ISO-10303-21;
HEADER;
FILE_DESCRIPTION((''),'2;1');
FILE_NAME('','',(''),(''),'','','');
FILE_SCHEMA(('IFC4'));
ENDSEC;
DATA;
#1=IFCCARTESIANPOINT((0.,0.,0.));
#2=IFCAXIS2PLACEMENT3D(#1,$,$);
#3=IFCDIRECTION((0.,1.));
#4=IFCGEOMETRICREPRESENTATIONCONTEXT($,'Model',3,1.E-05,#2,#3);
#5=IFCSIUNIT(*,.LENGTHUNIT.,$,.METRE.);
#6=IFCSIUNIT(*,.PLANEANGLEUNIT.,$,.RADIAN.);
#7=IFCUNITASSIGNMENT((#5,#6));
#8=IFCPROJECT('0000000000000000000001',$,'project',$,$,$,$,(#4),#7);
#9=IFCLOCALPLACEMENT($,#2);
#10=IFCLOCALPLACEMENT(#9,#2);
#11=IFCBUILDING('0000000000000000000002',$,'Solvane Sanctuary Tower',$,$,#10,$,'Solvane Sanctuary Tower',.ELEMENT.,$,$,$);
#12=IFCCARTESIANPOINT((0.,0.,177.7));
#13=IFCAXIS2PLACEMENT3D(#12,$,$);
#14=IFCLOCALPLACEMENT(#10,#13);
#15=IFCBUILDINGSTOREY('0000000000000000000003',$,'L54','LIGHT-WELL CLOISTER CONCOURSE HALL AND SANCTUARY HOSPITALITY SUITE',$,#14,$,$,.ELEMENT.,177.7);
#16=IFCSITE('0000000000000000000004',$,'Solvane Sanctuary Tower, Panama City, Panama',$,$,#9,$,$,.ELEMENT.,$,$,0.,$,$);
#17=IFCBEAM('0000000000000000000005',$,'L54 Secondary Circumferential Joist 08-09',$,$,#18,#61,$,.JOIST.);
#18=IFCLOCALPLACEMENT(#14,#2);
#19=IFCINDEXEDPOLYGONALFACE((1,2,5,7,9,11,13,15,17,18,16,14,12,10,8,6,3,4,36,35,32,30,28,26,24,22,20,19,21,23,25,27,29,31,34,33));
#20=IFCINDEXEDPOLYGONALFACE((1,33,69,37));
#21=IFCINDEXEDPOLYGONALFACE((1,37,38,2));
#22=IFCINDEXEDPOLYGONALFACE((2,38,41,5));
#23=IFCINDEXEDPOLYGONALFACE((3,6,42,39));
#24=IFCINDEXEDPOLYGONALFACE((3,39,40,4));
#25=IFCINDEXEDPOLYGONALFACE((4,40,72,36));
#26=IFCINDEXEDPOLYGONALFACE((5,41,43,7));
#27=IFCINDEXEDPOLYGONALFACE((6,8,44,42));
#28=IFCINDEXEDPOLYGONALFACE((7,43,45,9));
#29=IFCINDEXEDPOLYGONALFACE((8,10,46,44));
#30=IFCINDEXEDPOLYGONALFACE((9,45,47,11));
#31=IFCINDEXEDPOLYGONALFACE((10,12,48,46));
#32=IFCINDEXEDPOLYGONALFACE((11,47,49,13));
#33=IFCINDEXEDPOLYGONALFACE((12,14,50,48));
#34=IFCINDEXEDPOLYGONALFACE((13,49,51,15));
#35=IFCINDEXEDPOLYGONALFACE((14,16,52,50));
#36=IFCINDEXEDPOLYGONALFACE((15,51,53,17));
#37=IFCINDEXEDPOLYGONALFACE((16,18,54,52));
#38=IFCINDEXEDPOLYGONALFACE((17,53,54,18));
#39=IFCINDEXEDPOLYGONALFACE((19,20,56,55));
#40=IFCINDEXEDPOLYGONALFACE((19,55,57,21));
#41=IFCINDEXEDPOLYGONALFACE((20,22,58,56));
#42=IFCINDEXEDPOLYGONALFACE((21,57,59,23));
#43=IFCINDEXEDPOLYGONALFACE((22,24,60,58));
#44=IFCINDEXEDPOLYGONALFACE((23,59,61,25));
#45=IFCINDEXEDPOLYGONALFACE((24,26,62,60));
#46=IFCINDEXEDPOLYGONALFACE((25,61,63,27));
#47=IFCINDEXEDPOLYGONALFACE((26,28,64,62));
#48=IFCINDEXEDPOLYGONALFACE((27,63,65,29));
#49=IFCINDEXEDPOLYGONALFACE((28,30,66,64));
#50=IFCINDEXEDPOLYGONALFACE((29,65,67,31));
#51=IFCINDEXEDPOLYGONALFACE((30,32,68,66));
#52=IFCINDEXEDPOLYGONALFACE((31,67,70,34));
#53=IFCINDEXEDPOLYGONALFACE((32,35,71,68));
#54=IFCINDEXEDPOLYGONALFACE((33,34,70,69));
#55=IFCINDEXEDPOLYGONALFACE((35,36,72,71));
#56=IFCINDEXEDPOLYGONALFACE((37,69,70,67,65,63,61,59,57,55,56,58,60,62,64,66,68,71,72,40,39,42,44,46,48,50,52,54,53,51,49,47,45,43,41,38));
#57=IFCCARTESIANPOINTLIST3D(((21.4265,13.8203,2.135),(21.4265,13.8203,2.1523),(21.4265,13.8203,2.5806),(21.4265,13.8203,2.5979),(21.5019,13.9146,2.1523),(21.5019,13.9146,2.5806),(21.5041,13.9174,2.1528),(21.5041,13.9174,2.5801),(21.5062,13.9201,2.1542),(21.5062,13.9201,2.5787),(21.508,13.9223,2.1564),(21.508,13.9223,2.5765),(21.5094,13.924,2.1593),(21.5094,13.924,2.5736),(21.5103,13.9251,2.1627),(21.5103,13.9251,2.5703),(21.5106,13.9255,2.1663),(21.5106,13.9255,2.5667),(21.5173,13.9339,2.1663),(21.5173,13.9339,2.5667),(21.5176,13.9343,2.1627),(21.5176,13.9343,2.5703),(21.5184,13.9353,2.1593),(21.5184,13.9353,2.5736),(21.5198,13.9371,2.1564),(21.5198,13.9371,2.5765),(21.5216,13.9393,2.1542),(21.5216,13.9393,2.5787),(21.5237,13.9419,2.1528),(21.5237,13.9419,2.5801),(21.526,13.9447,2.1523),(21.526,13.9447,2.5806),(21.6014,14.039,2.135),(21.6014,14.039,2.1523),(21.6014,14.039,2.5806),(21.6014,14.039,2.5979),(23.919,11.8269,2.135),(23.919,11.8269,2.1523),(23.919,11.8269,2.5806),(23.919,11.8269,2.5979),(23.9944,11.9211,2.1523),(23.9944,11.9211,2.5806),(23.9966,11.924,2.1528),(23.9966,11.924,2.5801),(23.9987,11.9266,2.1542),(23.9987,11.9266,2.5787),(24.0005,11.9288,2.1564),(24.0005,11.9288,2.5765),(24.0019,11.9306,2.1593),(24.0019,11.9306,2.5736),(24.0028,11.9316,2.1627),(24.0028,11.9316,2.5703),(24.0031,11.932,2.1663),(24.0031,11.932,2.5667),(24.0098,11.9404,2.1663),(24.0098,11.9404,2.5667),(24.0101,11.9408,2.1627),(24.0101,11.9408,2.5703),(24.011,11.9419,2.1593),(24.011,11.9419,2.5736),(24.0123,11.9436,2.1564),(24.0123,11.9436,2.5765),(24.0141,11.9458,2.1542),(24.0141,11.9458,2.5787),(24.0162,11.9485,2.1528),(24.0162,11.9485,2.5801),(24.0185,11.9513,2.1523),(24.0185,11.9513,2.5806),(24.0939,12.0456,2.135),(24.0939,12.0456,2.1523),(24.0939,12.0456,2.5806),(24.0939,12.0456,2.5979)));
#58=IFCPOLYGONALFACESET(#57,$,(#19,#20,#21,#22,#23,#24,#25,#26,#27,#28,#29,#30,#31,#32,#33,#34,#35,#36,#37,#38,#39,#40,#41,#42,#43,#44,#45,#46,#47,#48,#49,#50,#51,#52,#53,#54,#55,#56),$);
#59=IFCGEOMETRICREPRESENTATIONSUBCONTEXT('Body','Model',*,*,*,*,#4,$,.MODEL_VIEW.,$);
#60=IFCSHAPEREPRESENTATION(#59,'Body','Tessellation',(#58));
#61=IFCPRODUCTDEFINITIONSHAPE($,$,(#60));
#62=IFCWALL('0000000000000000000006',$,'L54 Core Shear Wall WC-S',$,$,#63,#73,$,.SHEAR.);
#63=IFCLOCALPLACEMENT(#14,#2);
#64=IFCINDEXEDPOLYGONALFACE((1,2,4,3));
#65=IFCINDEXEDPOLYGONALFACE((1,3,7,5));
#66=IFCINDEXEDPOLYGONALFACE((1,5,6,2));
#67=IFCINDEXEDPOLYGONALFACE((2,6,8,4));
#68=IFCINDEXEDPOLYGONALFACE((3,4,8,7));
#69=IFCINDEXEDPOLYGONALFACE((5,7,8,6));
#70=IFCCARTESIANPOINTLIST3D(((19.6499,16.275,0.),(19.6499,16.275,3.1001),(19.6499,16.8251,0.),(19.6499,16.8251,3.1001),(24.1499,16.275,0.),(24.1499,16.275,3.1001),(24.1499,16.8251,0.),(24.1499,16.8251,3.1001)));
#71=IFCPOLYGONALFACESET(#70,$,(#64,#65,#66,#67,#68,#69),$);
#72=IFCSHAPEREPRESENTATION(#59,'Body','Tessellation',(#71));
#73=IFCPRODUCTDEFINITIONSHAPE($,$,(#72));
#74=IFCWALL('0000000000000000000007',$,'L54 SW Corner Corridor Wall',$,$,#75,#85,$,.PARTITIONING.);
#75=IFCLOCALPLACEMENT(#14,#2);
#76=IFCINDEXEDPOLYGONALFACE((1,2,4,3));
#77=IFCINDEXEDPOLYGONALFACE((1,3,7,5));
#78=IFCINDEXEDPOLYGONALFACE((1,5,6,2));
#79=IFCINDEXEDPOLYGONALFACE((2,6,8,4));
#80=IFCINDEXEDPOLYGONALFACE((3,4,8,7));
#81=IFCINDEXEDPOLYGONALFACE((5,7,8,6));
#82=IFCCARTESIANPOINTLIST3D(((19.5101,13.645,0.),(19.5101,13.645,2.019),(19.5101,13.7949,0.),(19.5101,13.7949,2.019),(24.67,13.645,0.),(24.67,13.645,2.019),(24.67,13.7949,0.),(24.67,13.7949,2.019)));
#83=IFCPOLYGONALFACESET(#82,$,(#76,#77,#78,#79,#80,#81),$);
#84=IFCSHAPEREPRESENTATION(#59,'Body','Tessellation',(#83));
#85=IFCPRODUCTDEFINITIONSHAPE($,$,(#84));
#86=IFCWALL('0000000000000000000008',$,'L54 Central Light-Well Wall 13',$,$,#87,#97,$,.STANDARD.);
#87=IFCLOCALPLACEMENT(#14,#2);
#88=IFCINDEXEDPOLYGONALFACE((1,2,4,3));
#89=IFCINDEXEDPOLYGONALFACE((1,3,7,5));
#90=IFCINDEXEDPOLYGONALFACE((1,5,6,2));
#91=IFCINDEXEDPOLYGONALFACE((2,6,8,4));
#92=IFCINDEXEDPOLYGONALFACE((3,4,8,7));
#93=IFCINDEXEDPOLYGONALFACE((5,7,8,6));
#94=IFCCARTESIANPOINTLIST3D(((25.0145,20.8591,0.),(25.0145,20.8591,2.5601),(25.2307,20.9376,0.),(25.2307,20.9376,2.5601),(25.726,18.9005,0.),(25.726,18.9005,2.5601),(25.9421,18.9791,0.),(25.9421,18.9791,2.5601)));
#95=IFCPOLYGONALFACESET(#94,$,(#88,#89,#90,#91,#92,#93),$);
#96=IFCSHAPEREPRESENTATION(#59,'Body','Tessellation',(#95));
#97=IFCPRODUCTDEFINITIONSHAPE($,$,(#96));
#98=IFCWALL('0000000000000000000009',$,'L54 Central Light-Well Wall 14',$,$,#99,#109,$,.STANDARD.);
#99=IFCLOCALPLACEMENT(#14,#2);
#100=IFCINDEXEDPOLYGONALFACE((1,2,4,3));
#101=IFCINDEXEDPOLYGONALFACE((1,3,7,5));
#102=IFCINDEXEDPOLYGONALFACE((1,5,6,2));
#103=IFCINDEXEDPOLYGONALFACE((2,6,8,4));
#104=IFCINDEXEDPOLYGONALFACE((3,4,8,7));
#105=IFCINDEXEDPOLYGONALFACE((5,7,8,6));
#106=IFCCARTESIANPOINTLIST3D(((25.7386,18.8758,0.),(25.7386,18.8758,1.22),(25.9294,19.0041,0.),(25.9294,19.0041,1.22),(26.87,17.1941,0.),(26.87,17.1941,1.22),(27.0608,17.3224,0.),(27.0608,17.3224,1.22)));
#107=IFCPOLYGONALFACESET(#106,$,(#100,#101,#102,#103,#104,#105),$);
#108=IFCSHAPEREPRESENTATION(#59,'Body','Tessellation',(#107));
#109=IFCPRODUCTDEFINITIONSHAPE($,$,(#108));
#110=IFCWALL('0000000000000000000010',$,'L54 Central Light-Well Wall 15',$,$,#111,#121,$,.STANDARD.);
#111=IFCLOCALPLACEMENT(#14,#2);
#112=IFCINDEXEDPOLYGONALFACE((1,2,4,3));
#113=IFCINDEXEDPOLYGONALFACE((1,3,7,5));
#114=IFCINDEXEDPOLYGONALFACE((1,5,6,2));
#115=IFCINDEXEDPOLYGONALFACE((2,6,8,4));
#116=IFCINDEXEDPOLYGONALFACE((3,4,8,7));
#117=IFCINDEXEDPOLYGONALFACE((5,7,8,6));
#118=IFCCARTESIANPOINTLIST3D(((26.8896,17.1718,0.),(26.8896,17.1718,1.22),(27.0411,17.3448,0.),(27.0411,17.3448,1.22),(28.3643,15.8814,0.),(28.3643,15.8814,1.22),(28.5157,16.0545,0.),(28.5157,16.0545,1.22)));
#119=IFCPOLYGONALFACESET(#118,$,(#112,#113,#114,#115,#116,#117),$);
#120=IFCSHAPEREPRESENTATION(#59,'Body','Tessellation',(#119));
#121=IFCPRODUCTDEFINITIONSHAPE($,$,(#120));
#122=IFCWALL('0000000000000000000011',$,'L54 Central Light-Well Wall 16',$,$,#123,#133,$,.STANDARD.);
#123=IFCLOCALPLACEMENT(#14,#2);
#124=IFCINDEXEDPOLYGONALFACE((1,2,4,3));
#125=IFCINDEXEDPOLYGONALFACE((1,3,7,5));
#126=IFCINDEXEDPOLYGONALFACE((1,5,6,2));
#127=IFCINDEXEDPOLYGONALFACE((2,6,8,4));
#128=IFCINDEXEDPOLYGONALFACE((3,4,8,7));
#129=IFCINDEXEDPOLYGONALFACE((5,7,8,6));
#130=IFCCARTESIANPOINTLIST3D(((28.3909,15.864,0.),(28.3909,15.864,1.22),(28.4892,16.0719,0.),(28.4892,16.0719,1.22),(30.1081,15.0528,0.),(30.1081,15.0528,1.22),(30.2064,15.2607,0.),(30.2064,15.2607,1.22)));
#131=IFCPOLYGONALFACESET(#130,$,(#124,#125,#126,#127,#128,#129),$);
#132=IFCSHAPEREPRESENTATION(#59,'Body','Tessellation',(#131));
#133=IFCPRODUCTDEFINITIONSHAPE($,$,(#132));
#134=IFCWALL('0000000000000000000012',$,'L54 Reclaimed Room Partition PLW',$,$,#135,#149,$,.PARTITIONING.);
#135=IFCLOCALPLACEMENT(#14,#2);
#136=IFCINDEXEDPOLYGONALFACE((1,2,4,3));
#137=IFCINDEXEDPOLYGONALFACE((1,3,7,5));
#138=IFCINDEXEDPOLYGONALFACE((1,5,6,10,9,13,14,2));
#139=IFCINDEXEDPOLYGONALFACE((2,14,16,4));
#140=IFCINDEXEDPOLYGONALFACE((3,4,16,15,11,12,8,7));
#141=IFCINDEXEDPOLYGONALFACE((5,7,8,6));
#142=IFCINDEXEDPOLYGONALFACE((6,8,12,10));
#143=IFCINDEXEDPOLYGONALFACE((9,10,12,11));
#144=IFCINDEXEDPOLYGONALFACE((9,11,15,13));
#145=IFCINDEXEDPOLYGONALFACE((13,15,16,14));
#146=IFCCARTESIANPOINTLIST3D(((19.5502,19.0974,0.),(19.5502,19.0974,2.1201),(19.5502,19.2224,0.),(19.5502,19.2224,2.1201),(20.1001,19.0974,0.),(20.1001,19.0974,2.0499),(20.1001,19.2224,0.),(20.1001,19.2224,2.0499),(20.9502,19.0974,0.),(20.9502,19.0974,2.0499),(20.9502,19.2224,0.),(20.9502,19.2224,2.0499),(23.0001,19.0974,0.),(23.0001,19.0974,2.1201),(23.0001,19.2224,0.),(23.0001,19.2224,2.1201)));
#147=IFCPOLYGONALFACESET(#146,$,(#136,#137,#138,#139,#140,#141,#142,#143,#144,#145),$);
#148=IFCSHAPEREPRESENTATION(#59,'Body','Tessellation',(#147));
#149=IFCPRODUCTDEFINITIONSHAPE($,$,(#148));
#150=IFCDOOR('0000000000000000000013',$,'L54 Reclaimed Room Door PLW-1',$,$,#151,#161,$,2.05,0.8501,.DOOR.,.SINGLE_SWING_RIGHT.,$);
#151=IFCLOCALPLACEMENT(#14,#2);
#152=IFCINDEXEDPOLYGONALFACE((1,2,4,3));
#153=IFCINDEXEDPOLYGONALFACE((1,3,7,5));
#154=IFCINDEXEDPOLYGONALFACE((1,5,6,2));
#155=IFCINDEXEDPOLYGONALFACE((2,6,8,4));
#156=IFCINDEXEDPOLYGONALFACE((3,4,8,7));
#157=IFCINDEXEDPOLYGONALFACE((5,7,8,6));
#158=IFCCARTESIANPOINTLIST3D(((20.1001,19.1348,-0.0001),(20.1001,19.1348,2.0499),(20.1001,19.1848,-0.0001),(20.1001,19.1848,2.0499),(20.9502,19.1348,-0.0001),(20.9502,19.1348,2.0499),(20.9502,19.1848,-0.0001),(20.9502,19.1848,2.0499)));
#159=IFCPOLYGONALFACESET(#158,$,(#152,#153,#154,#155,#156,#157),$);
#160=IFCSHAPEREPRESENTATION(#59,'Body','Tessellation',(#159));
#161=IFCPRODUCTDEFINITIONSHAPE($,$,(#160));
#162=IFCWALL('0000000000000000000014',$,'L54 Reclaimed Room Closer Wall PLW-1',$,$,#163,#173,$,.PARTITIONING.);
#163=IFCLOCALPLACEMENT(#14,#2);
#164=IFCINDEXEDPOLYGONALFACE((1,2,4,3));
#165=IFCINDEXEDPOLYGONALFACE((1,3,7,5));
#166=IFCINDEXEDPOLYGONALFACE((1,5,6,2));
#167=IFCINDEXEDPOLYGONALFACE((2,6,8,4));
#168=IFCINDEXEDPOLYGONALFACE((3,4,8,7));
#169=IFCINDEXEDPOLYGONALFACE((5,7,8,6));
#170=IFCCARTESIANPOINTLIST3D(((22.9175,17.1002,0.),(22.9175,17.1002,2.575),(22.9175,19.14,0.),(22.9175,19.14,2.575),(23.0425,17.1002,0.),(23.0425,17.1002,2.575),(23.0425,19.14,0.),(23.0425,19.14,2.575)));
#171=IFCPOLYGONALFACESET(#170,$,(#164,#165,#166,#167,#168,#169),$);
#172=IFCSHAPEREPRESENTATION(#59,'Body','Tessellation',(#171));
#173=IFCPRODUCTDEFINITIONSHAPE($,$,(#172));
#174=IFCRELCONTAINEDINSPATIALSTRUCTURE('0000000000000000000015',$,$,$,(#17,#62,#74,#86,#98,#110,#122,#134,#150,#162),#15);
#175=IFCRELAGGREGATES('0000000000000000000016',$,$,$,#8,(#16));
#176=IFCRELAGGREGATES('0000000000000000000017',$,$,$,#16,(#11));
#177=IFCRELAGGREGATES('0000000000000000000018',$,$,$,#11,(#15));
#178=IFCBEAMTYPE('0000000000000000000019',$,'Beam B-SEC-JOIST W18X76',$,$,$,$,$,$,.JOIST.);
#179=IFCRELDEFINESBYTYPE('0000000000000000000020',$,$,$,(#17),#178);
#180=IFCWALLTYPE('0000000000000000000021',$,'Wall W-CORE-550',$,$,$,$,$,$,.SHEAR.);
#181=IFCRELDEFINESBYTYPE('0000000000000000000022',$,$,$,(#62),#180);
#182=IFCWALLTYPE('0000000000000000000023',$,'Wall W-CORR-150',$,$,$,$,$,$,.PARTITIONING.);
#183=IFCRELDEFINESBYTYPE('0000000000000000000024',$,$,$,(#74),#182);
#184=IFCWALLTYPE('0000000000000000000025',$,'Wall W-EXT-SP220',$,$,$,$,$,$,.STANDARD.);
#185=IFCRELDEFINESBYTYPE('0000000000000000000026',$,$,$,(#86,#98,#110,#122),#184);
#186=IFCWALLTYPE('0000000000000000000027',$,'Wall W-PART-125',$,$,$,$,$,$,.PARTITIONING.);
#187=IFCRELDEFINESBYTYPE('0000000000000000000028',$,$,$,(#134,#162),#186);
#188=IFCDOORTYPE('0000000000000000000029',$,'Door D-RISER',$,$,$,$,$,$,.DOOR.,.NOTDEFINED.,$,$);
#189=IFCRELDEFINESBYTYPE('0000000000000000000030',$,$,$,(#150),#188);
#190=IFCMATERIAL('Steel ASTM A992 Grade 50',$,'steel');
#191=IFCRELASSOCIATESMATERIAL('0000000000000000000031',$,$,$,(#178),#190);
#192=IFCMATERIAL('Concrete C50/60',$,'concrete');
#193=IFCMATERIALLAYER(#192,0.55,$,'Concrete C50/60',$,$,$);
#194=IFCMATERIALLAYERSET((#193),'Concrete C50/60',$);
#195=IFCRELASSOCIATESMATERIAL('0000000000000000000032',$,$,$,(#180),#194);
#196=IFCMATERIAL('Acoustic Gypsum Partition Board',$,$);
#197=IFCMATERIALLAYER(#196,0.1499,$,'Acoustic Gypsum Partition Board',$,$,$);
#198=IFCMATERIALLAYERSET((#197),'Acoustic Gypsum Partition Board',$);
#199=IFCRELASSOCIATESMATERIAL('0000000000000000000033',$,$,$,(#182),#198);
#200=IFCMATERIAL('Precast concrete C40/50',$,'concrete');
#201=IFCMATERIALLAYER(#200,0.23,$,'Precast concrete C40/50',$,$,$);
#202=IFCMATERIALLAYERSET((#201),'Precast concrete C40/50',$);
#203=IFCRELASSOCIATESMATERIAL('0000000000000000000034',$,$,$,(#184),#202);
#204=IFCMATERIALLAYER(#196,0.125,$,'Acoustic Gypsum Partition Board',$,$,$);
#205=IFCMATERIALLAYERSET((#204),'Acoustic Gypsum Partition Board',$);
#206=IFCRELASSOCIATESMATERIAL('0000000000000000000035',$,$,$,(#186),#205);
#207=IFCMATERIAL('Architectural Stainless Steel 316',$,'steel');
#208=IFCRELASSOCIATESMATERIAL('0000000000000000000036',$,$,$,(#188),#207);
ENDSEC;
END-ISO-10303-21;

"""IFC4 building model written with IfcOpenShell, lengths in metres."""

from ifc_helpers import new_model, si_unit, direction, frame, frame_2d, origin, origin_2d, place, context, subcontext, project, spatial, rectangle, i_section, extrude, material, layer, layer_set, material_profile, profile_set, type_object, element, fill, save


model = new_model("IFC4")

# Units and contexts
model_context = context("Model", 3, precision=1e-05, world=origin(), true_north=direction((0.0, 1.0)))
body_context = subcontext(model_context, "Body", "Model", "MODEL_VIEW")
ifc_project = project(units=[si_unit("LENGTHUNIT", "METRE"), si_unit("PLANEANGLEUNIT", "RADIAN")], contexts=[model_context])

# Site, building, storey
site_placement = place(None, origin())
site = spatial("IfcSite", under=ifc_project, at=site_placement, Name="Solvane Sanctuary Tower, Panama City, Panama", CompositionType="ELEMENT", RefElevation=0.0)
building_placement = place(site_placement, origin())
building = spatial("IfcBuilding", under=site, at=building_placement, Name="Solvane Sanctuary Tower", LongName="Solvane Sanctuary Tower", CompositionType="ELEMENT")
storey_placement = place(building_placement, frame((0.0, 0.0, 177.7)))
storey = spatial("IfcBuildingStorey", under=building, at=storey_placement, Name="L54", Description="LIGHT-WELL CLOISTER CONCOURSE HALL AND SANCTUARY HOSPITALITY SUITE", CompositionType="ELEMENT", Elevation=177.7)

# Shared definitions
ifc_material_1 = material(Name="Concrete C50/60", Category="concrete")

# Beam
ifc_material_2 = material(Name="Steel ASTM A992 Grade 50", Category="steel")
ifc_material_profile_1 = material_profile(ifc_material_2, i_section(OverallWidth=0.28, OverallDepth=0.4629, WebThickness=0.0107, FlangeThickness=0.0173, FilletRadius=0.0139, at=origin_2d()), Name="W18X76")
ifc_profile_set_1 = profile_set([ifc_material_profile_1], Name="Steel ASTM A992 Grade 50")
beam_type_1 = type_object("IfcBeamType", Name="Beam B-SEC-JOIST W18X76", PredefinedType="JOIST", material=ifc_profile_set_1)
beam_1_placement = place(storey_placement, frame((21.5139, 13.9297, 2.3665), z_axis=(0.780951, -0.624592, 0.0), x_axis=(0.624592, 0.780951, 0.0)))
element("IfcBeam", 1, at=beam_1_placement, inside=storey, type_object=beam_type_1, Name="L54 Secondary Circumferential Joist 08-09", PredefinedType="JOIST", context=body_context, shape_type="SweptSolid", body=[
    extrude(i_section(OverallWidth=0.28, OverallDepth=0.4629, WebThickness=0.0107, FlangeThickness=0.0173, FilletRadius=0.0139, at=origin_2d()), origin(), (0.0, 0.0, 1.0), 3.1917),
])

# Walls
ifc_layer_1 = layer(ifc_material_1, 0.55, Name="Concrete C50/60")
ifc_layer_set_1 = layer_set([ifc_layer_1], Name="Concrete C50/60")
wall_type_1 = type_object("IfcWallType", Name="Wall W-CORE-550", PredefinedType="SHEAR", material=ifc_layer_set_1)
wall_1_placement = place(storey_placement, frame((19.6499, 16.55, 0.0), z_axis=(0.0, 0.0, 1.0), x_axis=(1.0, 0.0, 0.0)))
element("IfcWall", 2, at=wall_1_placement, inside=storey, type_object=wall_type_1, Name="L54 Core Shear Wall WC-S", PredefinedType="SHEAR", context=body_context, shape_type="SweptSolid", body=[
    extrude(rectangle(XDim=4.5, YDim=0.55, at=frame_2d((2.25, 0.0))), origin(), (0.0, 0.0, 1.0), 3.1001),
])
ifc_material_3 = material(Name="Acoustic Gypsum Partition Board")
ifc_layer_2 = layer(ifc_material_3, 0.1499, Name="Acoustic Gypsum Partition Board")
ifc_layer_set_2 = layer_set([ifc_layer_2], Name="Acoustic Gypsum Partition Board")
wall_type_2 = type_object("IfcWallType", Name="Wall W-CORR-150", PredefinedType="PARTITIONING", material=ifc_layer_set_2)
wall_2_placement = place(storey_placement, frame((19.51, 13.72, 0.0), z_axis=(0.0, 0.0, 1.0), x_axis=(1.0, 0.0, 0.0)))
element("IfcWall", 3, at=wall_2_placement, inside=storey, type_object=wall_type_2, Name="L54 SW Corner Corridor Wall", PredefinedType="PARTITIONING", context=body_context, shape_type="SweptSolid", body=[
    extrude(rectangle(XDim=5.1599, YDim=0.1499, at=frame_2d((2.5801, 0.0))), origin(), (0.0, 0.0, 1.0), 2.019),
])
ifc_material_4 = material(Name="Precast concrete C40/50", Category="concrete")
ifc_layer_3 = layer(ifc_material_4, 0.23, Name="Precast concrete C40/50")
ifc_layer_set_3 = layer_set([ifc_layer_3], Name="Precast concrete C40/50")
wall_type_3 = type_object("IfcWallType", Name="Wall W-EXT-SP220", PredefinedType="STANDARD", material=ifc_layer_set_3)
wall_3_placement = place(storey_placement, frame((25.1226, 20.8984, 0.0), z_axis=(0.0, 0.0, 1.0), x_axis=(0.341423, -0.93991, 0.0)))
element("IfcWall", 4, at=wall_3_placement, inside=storey, type_object=wall_type_3, Name="L54 Central Light-Well Wall 13", PredefinedType="STANDARD", context=body_context, shape_type="SweptSolid", body=[
    extrude(rectangle(XDim=2.0837, YDim=0.23, at=frame_2d((1.042, 0.0))), origin(), (0.0, 0.0, 1.0), 2.5601),
])
wall_4_placement = place(storey_placement, frame((25.834, 18.9399, 0.0), z_axis=(0.0, 0.0, 1.0), x_axis=(0.558198, -0.829708, 0.0)))
element("IfcWall", 5, at=wall_4_placement, inside=storey, type_object=wall_type_3, Name="L54 Central Light-Well Wall 14", PredefinedType="STANDARD", context=body_context, shape_type="SweptSolid", body=[
    extrude(rectangle(XDim=2.0269, YDim=0.23, at=frame_2d((1.0134, 0.0))), origin(), (0.0, 0.0, 1.0), 1.22),
])
wall_5_placement = place(storey_placement, frame((26.9653, 17.2583, 0.0), z_axis=(0.0, 0.0, 1.0), x_axis=(0.752577, -0.658505, 0.0)))
element("IfcWall", 6, at=wall_5_placement, inside=storey, type_object=wall_type_3, Name="L54 Central Light-Well Wall 15", PredefinedType="STANDARD", context=body_context, shape_type="SweptSolid", body=[
    extrude(rectangle(XDim=1.9595, YDim=0.23, at=frame_2d((0.9797, 0.0))), origin(), (0.0, 0.0, 1.0), 1.22),
])
wall_6_placement = place(storey_placement, frame((28.4399, 15.968, 0.0), z_axis=(0.0, 0.0, 1.0), x_axis=(0.90418, -0.427152, 0.0)))
element("IfcWall", 7, at=wall_6_placement, inside=storey, type_object=wall_type_3, Name="L54 Central Light-Well Wall 16", PredefinedType="STANDARD", context=body_context, shape_type="SweptSolid", body=[
    extrude(rectangle(XDim=1.8992, YDim=0.23, at=frame_2d((0.9497, 0.0))), origin(), (0.0, 0.0, 1.0), 1.22),
])

# Wall, opening, door
ifc_layer_4 = layer(ifc_material_3, 0.125, Name="Acoustic Gypsum Partition Board")
ifc_layer_set_4 = layer_set([ifc_layer_4], Name="Acoustic Gypsum Partition Board")
wall_type_4 = type_object("IfcWallType", Name="Wall W-PART-125", PredefinedType="PARTITIONING", material=ifc_layer_set_4)
wall_7_placement = place(storey_placement, frame((19.55, 19.1599, 0.0), z_axis=(0.0, 0.0, 1.0), x_axis=(1.0, 0.0, 0.0)))
wall_7 = element("IfcWall", 8, at=wall_7_placement, inside=storey, type_object=wall_type_4, Name="L54 Reclaimed Room Partition PLW", PredefinedType="PARTITIONING", context=body_context, shape_type="SweptSolid", body=[
    extrude(rectangle(XDim=3.45, YDim=0.125, at=frame_2d((1.7251, 0.0))), origin(), (0.0, 0.0, 1.0), 2.1201),
])
opening_placement = place(wall_7_placement, frame((0.55, 0.0, 0.0)))
opening = element("IfcOpeningElement", 9, at=opening_placement, cuts=wall_7, PredefinedType="OPENING", context=body_context, shape_type="SweptSolid", body=[
    extrude(rectangle(XDim=0.8501, YDim=2.05, at=frame_2d((0.425, 1.0249))), frame((0.0, 0.0725, 0.0), z_axis=(0.0, -1.0, 0.0), x_axis=(1.0, 0.0, 0.0)), (0.0, 0.0, 1.0), 0.145),
])
ifc_material_5 = material(Name="Architectural Stainless Steel 316", Category="steel")
door_type = type_object("IfcDoorType", Name="Door D-RISER", OperationType="NOTDEFINED", PredefinedType="DOOR", material=ifc_material_5)
door_placement = place(opening_placement, origin())
door = element("IfcDoor", 10, at=door_placement, inside=storey, type_object=door_type, Name="L54 Reclaimed Room Door PLW-1", OperationType="SINGLE_SWING_RIGHT", OverallHeight=2.05, OverallWidth=0.8501, PredefinedType="DOOR", context=body_context, shape_type="SweptSolid", body=[
    extrude(rectangle(XDim=0.8501, YDim=2.05, at=frame_2d((0.425, 1.0249))), frame((0.0, 0.0249, 0.0), z_axis=(0.0, -1.0, 0.0), x_axis=(1.0, 0.0, 0.0)), (0.0, 0.0, 1.0), 0.05),
])
fill(opening, door)

# Wall
wall_8_placement = place(storey_placement, frame((22.98, 17.1001, 0.0), z_axis=(0.0, 0.0, 1.0), x_axis=(0.0, 1.0, 0.0)))
element("IfcWall", 11, at=wall_8_placement, inside=storey, type_object=wall_type_4, Name="L54 Reclaimed Room Closer Wall PLW-1", PredefinedType="PARTITIONING", context=body_context, shape_type="SweptSolid", body=[
    extrude(rectangle(XDim=2.0398, YDim=0.125, at=frame_2d((1.02, 0.0))), origin(), (0.0, 0.0, 1.0), 2.575),
])

save(model, "model.ifc")
